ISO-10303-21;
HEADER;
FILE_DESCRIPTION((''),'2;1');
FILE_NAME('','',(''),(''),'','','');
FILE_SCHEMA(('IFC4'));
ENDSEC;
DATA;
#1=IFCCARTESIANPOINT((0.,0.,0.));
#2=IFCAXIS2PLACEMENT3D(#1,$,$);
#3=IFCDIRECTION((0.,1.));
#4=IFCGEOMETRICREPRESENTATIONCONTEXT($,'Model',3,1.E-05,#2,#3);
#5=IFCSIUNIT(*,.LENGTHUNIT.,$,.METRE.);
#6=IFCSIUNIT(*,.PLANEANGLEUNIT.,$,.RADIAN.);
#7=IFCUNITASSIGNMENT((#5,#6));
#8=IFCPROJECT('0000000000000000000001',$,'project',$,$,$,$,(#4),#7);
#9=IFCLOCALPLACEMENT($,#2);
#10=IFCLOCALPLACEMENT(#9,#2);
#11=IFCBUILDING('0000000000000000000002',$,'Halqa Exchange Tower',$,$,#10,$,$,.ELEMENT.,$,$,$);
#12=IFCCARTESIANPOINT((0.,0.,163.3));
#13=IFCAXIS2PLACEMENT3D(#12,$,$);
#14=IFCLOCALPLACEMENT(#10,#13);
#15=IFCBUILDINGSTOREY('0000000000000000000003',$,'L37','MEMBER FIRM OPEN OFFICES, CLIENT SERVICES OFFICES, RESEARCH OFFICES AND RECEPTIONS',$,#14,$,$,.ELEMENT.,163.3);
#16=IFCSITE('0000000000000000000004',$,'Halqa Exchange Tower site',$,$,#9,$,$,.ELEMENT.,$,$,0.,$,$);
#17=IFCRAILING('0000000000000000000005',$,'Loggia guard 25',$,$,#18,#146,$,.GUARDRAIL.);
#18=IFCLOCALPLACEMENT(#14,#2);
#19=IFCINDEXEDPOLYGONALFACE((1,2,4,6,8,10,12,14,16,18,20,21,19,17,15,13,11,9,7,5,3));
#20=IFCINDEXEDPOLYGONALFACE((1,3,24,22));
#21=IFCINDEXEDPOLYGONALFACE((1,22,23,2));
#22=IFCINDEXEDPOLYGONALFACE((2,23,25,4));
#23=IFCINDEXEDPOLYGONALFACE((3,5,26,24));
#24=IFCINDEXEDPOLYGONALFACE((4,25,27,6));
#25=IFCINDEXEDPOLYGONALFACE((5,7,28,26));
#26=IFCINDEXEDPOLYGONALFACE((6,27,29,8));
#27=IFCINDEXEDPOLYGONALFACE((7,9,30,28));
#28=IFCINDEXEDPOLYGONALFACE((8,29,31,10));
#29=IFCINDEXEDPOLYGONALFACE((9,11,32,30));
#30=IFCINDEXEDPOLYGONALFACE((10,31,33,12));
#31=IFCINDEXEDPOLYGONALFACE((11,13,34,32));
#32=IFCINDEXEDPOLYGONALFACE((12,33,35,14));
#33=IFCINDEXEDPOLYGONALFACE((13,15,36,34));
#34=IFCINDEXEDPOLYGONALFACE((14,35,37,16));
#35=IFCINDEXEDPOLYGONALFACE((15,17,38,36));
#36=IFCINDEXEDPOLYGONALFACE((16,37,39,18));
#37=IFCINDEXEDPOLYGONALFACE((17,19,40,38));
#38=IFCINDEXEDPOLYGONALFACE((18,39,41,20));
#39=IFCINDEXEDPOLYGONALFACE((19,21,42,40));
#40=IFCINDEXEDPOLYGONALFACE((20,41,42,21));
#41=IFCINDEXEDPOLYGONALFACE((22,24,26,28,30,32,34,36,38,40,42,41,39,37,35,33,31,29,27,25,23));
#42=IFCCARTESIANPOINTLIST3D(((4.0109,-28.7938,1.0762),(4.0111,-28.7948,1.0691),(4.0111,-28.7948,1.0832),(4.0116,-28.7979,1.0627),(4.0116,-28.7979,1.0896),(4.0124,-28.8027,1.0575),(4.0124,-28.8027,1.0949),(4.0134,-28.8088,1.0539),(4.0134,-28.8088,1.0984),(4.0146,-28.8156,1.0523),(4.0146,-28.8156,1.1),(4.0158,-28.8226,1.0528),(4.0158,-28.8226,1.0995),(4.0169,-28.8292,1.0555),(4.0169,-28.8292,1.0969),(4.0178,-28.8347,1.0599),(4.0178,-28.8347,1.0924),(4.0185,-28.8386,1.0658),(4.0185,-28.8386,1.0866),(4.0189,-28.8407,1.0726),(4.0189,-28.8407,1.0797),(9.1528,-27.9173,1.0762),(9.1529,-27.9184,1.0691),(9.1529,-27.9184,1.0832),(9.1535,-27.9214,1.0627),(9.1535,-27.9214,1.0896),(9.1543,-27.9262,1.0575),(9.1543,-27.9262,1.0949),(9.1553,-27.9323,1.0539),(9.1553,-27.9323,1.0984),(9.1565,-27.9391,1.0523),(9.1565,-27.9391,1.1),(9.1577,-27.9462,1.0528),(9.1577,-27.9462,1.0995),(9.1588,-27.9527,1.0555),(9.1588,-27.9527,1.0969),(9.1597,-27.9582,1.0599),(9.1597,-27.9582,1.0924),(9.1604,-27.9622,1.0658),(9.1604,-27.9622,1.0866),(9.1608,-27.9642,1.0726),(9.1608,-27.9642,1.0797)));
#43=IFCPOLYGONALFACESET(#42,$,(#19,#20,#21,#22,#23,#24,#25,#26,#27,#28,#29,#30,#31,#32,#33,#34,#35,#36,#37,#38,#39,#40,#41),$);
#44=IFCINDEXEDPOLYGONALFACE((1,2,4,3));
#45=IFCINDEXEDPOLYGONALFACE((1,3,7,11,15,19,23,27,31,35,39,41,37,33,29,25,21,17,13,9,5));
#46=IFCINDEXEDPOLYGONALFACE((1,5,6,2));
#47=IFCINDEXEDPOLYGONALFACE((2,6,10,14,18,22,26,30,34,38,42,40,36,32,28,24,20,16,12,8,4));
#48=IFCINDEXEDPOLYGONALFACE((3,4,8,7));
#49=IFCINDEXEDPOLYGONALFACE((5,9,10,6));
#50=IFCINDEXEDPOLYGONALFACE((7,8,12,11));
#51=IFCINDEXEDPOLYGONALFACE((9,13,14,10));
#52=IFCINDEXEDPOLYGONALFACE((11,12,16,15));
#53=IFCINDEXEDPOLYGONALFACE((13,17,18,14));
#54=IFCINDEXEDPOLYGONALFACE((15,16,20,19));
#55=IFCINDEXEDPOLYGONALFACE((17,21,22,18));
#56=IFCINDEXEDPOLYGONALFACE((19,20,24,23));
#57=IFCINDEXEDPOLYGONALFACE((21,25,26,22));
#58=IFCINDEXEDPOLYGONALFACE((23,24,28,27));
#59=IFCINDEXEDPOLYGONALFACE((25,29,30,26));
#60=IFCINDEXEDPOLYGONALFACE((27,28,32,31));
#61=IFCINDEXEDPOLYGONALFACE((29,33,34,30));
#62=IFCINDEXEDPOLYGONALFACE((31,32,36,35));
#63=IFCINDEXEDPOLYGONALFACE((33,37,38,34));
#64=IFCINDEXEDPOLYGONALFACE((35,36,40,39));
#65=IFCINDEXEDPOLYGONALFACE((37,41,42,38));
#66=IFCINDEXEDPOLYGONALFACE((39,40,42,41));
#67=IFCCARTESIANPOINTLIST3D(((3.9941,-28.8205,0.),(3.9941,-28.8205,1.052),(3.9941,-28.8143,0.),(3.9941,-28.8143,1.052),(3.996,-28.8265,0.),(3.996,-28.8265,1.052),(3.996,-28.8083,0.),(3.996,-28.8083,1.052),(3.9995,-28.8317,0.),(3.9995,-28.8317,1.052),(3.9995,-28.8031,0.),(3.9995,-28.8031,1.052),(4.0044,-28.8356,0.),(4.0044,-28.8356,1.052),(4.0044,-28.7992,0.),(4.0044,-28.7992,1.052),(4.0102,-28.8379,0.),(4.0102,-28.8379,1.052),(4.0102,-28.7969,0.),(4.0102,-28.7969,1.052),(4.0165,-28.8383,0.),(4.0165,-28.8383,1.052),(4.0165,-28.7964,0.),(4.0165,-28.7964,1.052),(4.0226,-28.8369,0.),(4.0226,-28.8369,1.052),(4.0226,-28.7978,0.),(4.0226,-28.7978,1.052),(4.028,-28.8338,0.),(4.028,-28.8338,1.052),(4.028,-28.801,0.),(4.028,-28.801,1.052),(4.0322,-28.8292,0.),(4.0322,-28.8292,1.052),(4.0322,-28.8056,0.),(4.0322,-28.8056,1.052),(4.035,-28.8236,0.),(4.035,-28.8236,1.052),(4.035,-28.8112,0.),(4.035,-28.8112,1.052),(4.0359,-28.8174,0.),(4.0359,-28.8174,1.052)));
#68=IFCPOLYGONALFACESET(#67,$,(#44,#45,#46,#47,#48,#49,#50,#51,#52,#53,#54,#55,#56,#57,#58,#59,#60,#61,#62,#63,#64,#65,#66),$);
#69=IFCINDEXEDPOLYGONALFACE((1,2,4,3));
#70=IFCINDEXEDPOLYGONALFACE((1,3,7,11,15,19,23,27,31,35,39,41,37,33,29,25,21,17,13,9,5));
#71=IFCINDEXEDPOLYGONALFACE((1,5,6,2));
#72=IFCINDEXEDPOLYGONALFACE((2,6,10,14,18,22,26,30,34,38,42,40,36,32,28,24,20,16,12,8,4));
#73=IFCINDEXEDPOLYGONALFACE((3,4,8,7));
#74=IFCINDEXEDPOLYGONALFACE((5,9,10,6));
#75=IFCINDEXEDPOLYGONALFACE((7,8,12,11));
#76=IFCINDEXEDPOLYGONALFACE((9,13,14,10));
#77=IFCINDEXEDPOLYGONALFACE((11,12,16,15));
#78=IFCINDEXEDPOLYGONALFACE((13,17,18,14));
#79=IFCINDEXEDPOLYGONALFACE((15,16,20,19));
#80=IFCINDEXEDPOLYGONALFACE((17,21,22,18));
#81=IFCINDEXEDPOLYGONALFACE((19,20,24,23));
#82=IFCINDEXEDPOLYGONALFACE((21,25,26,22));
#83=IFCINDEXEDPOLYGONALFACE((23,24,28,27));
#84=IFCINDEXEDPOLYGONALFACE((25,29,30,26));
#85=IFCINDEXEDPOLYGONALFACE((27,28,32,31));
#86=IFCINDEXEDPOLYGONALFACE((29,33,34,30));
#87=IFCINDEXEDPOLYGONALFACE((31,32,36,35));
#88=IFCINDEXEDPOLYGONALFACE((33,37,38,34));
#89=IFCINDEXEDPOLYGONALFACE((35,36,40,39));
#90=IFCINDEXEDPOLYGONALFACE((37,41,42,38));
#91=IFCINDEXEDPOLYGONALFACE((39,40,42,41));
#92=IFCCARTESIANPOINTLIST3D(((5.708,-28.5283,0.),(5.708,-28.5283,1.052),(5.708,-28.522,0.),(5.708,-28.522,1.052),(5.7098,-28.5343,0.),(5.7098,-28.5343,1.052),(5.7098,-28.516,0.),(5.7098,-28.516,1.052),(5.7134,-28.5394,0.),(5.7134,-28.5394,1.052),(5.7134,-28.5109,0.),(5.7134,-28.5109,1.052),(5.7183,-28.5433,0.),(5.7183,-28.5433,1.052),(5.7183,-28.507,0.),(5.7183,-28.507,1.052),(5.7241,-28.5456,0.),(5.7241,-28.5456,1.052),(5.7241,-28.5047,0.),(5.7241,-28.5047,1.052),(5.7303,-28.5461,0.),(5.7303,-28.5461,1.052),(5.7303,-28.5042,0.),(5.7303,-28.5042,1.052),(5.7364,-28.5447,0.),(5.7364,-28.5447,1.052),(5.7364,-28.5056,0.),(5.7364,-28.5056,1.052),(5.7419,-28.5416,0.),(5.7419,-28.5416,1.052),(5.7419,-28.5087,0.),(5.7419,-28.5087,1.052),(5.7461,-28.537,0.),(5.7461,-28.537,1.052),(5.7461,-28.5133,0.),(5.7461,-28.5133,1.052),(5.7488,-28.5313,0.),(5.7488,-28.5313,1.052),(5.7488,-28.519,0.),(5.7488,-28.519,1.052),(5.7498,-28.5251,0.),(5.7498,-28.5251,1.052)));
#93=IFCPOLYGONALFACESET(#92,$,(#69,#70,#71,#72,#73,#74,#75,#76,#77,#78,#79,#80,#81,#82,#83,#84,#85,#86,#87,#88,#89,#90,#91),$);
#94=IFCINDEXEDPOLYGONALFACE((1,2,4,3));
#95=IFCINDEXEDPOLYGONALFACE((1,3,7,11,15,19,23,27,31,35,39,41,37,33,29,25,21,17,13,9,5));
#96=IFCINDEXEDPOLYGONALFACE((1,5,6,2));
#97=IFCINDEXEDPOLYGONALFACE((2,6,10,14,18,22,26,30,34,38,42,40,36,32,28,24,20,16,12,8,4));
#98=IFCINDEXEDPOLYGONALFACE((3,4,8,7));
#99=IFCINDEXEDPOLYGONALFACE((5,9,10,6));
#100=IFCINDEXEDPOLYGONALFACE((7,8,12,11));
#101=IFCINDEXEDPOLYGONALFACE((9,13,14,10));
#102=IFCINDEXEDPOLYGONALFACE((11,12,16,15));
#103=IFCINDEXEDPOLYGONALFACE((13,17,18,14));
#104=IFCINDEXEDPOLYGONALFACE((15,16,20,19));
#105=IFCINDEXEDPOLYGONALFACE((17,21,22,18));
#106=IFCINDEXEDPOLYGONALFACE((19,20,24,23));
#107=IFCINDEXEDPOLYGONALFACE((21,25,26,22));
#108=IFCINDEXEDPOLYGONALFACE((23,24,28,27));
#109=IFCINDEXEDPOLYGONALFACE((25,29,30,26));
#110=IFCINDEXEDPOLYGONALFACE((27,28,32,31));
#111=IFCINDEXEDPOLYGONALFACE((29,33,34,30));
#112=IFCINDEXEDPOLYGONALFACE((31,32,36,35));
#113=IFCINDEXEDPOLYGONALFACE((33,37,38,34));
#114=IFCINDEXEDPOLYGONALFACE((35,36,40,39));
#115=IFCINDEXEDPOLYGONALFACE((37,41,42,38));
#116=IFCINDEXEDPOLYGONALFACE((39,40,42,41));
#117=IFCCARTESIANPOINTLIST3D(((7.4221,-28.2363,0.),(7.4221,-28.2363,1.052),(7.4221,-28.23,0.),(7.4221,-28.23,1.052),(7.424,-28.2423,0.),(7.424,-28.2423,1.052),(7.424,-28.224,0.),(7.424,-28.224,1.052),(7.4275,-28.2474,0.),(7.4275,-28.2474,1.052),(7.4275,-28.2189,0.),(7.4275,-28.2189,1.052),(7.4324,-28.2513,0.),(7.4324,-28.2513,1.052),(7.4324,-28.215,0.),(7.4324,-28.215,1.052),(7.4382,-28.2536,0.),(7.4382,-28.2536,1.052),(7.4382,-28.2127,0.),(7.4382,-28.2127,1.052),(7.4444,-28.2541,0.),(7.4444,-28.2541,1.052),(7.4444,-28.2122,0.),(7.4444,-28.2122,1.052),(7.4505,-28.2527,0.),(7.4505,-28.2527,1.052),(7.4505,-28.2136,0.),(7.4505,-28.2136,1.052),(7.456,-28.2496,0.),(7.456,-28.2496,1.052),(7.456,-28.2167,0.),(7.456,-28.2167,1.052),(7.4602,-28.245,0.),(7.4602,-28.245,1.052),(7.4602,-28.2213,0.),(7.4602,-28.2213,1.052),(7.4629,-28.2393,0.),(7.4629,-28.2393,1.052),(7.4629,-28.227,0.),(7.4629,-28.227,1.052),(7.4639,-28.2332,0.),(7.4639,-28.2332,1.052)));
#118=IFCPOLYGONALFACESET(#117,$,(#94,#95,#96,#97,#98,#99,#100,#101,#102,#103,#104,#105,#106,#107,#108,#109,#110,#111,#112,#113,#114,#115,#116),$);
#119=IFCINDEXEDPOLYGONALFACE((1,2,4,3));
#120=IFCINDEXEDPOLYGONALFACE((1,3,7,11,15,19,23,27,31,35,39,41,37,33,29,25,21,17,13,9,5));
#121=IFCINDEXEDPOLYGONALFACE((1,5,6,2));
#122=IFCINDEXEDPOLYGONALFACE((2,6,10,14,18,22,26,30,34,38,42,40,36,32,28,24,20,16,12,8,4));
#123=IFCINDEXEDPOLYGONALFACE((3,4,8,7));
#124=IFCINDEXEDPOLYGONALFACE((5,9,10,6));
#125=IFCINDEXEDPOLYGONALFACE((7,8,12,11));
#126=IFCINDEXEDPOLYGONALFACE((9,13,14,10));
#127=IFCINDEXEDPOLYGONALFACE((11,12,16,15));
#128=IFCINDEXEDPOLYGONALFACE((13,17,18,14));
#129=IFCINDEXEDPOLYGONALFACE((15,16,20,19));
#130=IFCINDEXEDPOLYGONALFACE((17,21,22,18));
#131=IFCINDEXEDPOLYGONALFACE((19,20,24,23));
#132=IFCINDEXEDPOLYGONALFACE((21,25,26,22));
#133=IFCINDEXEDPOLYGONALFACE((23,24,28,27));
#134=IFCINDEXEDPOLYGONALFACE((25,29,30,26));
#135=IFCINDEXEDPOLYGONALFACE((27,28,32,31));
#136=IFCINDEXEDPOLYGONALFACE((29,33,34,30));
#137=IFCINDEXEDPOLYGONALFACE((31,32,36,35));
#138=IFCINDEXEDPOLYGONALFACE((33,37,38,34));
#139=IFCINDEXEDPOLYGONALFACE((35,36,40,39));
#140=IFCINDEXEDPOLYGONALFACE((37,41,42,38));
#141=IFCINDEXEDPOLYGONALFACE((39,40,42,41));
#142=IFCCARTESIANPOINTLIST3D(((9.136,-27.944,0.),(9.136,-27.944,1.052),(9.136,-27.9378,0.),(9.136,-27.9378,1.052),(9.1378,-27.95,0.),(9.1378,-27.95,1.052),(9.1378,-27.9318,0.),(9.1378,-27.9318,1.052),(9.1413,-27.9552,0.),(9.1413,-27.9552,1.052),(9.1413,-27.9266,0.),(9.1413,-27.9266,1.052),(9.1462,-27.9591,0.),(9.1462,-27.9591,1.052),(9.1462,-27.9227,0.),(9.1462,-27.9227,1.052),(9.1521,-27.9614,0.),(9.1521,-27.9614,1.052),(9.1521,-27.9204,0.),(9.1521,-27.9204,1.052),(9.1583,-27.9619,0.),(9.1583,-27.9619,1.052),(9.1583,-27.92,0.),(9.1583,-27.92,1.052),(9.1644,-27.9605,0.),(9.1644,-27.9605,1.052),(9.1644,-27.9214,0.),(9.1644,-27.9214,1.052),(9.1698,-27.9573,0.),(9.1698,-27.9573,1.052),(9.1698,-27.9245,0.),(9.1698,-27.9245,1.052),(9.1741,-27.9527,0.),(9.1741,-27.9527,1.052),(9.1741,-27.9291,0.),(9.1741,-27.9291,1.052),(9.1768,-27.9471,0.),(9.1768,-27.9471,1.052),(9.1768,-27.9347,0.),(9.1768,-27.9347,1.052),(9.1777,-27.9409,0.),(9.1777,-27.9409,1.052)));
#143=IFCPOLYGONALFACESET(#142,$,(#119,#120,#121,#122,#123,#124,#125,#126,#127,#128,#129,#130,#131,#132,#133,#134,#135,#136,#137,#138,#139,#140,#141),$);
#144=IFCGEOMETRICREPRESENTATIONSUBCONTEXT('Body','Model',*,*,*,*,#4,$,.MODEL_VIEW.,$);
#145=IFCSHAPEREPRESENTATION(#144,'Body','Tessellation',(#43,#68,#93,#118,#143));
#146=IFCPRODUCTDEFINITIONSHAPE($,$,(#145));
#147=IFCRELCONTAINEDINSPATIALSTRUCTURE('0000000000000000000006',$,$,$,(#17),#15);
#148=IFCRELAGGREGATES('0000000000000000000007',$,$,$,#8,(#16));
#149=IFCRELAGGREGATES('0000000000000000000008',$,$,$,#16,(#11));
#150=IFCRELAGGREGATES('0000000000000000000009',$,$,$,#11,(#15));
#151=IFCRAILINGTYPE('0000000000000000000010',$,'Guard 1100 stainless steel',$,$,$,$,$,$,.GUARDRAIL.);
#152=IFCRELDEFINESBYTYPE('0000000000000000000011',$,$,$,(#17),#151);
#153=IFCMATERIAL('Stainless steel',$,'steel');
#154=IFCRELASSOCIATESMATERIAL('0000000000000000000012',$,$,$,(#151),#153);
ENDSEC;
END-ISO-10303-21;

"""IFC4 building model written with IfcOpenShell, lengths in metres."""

from ifc_helpers import new_model, si_unit, direction, frame, origin, origin_2d, place, context, subcontext, project, spatial, circle, extrude, material, type_object, element, save


model = new_model("IFC4")

# Units and contexts
model_context = context("Model", 3, precision=1e-05, world=origin(), true_north=direction((0.0, 1.0)))
body_context = subcontext(model_context, "Body", "Model", "MODEL_VIEW")
ifc_project = project(units=[si_unit("LENGTHUNIT", "METRE"), si_unit("PLANEANGLEUNIT", "RADIAN")], contexts=[model_context])

# Site, building, storey
site_placement = place(None, origin())
site = spatial("IfcSite", under=ifc_project, at=site_placement, Name="Halqa Exchange Tower site", CompositionType="ELEMENT", RefElevation=0.0)
building_placement = place(site_placement, origin())
building = spatial("IfcBuilding", under=site, at=building_placement, Name="Halqa Exchange Tower", CompositionType="ELEMENT")
storey_placement = place(building_placement, frame((0.0, 0.0, 163.3)))
storey = spatial("IfcBuildingStorey", under=building, at=storey_placement, Name="L37", Description="MEMBER FIRM OPEN OFFICES, CLIENT SERVICES OFFICES, RESEARCH OFFICES AND RECEPTIONS", CompositionType="ELEMENT", Elevation=163.3)

# Railing
ifc_material_1 = material(Name="Stainless steel", Category="steel")
railing_type_1 = type_object("IfcRailingType", Name="Guard 1100 stainless steel", PredefinedType="GUARDRAIL", material=ifc_material_1)
railing_1_placement = place(storey_placement, frame((4.0149, -28.8174, 0.0)))
element("IfcRailing", 1, at=railing_1_placement, inside=storey, type_object=railing_type_1, Name="Loggia guard 25", PredefinedType="GUARDRAIL", context=body_context, shape_type="SweptSolid", body=[
    extrude(circle(Radius=0.0239, at=origin_2d()), frame((0.0, 0.0, 1.0762), z_axis=(0.985781, 0.168034, 0.0), x_axis=(-0.168034, 0.985781, 0.0)), (0.0, 0.0, 1.0), 5.2161),
    extrude(circle(Radius=0.021, at=origin_2d()), origin(), (0.0, 0.0, 1.0), 1.052),
    extrude(circle(Radius=0.021, at=origin_2d()), frame((1.7139, 0.2922, 0.0)), (0.0, 0.0, 1.0), 1.052),
    extrude(circle(Radius=0.021, at=origin_2d()), frame((3.428, 0.5842, 0.0)), (0.0, 0.0, 1.0), 1.052),
    extrude(circle(Radius=0.021, at=origin_2d()), frame((5.1418, 0.8765, 0.0)), (0.0, 0.0, 1.0), 1.052),
])

save(model, "model.ifc")
